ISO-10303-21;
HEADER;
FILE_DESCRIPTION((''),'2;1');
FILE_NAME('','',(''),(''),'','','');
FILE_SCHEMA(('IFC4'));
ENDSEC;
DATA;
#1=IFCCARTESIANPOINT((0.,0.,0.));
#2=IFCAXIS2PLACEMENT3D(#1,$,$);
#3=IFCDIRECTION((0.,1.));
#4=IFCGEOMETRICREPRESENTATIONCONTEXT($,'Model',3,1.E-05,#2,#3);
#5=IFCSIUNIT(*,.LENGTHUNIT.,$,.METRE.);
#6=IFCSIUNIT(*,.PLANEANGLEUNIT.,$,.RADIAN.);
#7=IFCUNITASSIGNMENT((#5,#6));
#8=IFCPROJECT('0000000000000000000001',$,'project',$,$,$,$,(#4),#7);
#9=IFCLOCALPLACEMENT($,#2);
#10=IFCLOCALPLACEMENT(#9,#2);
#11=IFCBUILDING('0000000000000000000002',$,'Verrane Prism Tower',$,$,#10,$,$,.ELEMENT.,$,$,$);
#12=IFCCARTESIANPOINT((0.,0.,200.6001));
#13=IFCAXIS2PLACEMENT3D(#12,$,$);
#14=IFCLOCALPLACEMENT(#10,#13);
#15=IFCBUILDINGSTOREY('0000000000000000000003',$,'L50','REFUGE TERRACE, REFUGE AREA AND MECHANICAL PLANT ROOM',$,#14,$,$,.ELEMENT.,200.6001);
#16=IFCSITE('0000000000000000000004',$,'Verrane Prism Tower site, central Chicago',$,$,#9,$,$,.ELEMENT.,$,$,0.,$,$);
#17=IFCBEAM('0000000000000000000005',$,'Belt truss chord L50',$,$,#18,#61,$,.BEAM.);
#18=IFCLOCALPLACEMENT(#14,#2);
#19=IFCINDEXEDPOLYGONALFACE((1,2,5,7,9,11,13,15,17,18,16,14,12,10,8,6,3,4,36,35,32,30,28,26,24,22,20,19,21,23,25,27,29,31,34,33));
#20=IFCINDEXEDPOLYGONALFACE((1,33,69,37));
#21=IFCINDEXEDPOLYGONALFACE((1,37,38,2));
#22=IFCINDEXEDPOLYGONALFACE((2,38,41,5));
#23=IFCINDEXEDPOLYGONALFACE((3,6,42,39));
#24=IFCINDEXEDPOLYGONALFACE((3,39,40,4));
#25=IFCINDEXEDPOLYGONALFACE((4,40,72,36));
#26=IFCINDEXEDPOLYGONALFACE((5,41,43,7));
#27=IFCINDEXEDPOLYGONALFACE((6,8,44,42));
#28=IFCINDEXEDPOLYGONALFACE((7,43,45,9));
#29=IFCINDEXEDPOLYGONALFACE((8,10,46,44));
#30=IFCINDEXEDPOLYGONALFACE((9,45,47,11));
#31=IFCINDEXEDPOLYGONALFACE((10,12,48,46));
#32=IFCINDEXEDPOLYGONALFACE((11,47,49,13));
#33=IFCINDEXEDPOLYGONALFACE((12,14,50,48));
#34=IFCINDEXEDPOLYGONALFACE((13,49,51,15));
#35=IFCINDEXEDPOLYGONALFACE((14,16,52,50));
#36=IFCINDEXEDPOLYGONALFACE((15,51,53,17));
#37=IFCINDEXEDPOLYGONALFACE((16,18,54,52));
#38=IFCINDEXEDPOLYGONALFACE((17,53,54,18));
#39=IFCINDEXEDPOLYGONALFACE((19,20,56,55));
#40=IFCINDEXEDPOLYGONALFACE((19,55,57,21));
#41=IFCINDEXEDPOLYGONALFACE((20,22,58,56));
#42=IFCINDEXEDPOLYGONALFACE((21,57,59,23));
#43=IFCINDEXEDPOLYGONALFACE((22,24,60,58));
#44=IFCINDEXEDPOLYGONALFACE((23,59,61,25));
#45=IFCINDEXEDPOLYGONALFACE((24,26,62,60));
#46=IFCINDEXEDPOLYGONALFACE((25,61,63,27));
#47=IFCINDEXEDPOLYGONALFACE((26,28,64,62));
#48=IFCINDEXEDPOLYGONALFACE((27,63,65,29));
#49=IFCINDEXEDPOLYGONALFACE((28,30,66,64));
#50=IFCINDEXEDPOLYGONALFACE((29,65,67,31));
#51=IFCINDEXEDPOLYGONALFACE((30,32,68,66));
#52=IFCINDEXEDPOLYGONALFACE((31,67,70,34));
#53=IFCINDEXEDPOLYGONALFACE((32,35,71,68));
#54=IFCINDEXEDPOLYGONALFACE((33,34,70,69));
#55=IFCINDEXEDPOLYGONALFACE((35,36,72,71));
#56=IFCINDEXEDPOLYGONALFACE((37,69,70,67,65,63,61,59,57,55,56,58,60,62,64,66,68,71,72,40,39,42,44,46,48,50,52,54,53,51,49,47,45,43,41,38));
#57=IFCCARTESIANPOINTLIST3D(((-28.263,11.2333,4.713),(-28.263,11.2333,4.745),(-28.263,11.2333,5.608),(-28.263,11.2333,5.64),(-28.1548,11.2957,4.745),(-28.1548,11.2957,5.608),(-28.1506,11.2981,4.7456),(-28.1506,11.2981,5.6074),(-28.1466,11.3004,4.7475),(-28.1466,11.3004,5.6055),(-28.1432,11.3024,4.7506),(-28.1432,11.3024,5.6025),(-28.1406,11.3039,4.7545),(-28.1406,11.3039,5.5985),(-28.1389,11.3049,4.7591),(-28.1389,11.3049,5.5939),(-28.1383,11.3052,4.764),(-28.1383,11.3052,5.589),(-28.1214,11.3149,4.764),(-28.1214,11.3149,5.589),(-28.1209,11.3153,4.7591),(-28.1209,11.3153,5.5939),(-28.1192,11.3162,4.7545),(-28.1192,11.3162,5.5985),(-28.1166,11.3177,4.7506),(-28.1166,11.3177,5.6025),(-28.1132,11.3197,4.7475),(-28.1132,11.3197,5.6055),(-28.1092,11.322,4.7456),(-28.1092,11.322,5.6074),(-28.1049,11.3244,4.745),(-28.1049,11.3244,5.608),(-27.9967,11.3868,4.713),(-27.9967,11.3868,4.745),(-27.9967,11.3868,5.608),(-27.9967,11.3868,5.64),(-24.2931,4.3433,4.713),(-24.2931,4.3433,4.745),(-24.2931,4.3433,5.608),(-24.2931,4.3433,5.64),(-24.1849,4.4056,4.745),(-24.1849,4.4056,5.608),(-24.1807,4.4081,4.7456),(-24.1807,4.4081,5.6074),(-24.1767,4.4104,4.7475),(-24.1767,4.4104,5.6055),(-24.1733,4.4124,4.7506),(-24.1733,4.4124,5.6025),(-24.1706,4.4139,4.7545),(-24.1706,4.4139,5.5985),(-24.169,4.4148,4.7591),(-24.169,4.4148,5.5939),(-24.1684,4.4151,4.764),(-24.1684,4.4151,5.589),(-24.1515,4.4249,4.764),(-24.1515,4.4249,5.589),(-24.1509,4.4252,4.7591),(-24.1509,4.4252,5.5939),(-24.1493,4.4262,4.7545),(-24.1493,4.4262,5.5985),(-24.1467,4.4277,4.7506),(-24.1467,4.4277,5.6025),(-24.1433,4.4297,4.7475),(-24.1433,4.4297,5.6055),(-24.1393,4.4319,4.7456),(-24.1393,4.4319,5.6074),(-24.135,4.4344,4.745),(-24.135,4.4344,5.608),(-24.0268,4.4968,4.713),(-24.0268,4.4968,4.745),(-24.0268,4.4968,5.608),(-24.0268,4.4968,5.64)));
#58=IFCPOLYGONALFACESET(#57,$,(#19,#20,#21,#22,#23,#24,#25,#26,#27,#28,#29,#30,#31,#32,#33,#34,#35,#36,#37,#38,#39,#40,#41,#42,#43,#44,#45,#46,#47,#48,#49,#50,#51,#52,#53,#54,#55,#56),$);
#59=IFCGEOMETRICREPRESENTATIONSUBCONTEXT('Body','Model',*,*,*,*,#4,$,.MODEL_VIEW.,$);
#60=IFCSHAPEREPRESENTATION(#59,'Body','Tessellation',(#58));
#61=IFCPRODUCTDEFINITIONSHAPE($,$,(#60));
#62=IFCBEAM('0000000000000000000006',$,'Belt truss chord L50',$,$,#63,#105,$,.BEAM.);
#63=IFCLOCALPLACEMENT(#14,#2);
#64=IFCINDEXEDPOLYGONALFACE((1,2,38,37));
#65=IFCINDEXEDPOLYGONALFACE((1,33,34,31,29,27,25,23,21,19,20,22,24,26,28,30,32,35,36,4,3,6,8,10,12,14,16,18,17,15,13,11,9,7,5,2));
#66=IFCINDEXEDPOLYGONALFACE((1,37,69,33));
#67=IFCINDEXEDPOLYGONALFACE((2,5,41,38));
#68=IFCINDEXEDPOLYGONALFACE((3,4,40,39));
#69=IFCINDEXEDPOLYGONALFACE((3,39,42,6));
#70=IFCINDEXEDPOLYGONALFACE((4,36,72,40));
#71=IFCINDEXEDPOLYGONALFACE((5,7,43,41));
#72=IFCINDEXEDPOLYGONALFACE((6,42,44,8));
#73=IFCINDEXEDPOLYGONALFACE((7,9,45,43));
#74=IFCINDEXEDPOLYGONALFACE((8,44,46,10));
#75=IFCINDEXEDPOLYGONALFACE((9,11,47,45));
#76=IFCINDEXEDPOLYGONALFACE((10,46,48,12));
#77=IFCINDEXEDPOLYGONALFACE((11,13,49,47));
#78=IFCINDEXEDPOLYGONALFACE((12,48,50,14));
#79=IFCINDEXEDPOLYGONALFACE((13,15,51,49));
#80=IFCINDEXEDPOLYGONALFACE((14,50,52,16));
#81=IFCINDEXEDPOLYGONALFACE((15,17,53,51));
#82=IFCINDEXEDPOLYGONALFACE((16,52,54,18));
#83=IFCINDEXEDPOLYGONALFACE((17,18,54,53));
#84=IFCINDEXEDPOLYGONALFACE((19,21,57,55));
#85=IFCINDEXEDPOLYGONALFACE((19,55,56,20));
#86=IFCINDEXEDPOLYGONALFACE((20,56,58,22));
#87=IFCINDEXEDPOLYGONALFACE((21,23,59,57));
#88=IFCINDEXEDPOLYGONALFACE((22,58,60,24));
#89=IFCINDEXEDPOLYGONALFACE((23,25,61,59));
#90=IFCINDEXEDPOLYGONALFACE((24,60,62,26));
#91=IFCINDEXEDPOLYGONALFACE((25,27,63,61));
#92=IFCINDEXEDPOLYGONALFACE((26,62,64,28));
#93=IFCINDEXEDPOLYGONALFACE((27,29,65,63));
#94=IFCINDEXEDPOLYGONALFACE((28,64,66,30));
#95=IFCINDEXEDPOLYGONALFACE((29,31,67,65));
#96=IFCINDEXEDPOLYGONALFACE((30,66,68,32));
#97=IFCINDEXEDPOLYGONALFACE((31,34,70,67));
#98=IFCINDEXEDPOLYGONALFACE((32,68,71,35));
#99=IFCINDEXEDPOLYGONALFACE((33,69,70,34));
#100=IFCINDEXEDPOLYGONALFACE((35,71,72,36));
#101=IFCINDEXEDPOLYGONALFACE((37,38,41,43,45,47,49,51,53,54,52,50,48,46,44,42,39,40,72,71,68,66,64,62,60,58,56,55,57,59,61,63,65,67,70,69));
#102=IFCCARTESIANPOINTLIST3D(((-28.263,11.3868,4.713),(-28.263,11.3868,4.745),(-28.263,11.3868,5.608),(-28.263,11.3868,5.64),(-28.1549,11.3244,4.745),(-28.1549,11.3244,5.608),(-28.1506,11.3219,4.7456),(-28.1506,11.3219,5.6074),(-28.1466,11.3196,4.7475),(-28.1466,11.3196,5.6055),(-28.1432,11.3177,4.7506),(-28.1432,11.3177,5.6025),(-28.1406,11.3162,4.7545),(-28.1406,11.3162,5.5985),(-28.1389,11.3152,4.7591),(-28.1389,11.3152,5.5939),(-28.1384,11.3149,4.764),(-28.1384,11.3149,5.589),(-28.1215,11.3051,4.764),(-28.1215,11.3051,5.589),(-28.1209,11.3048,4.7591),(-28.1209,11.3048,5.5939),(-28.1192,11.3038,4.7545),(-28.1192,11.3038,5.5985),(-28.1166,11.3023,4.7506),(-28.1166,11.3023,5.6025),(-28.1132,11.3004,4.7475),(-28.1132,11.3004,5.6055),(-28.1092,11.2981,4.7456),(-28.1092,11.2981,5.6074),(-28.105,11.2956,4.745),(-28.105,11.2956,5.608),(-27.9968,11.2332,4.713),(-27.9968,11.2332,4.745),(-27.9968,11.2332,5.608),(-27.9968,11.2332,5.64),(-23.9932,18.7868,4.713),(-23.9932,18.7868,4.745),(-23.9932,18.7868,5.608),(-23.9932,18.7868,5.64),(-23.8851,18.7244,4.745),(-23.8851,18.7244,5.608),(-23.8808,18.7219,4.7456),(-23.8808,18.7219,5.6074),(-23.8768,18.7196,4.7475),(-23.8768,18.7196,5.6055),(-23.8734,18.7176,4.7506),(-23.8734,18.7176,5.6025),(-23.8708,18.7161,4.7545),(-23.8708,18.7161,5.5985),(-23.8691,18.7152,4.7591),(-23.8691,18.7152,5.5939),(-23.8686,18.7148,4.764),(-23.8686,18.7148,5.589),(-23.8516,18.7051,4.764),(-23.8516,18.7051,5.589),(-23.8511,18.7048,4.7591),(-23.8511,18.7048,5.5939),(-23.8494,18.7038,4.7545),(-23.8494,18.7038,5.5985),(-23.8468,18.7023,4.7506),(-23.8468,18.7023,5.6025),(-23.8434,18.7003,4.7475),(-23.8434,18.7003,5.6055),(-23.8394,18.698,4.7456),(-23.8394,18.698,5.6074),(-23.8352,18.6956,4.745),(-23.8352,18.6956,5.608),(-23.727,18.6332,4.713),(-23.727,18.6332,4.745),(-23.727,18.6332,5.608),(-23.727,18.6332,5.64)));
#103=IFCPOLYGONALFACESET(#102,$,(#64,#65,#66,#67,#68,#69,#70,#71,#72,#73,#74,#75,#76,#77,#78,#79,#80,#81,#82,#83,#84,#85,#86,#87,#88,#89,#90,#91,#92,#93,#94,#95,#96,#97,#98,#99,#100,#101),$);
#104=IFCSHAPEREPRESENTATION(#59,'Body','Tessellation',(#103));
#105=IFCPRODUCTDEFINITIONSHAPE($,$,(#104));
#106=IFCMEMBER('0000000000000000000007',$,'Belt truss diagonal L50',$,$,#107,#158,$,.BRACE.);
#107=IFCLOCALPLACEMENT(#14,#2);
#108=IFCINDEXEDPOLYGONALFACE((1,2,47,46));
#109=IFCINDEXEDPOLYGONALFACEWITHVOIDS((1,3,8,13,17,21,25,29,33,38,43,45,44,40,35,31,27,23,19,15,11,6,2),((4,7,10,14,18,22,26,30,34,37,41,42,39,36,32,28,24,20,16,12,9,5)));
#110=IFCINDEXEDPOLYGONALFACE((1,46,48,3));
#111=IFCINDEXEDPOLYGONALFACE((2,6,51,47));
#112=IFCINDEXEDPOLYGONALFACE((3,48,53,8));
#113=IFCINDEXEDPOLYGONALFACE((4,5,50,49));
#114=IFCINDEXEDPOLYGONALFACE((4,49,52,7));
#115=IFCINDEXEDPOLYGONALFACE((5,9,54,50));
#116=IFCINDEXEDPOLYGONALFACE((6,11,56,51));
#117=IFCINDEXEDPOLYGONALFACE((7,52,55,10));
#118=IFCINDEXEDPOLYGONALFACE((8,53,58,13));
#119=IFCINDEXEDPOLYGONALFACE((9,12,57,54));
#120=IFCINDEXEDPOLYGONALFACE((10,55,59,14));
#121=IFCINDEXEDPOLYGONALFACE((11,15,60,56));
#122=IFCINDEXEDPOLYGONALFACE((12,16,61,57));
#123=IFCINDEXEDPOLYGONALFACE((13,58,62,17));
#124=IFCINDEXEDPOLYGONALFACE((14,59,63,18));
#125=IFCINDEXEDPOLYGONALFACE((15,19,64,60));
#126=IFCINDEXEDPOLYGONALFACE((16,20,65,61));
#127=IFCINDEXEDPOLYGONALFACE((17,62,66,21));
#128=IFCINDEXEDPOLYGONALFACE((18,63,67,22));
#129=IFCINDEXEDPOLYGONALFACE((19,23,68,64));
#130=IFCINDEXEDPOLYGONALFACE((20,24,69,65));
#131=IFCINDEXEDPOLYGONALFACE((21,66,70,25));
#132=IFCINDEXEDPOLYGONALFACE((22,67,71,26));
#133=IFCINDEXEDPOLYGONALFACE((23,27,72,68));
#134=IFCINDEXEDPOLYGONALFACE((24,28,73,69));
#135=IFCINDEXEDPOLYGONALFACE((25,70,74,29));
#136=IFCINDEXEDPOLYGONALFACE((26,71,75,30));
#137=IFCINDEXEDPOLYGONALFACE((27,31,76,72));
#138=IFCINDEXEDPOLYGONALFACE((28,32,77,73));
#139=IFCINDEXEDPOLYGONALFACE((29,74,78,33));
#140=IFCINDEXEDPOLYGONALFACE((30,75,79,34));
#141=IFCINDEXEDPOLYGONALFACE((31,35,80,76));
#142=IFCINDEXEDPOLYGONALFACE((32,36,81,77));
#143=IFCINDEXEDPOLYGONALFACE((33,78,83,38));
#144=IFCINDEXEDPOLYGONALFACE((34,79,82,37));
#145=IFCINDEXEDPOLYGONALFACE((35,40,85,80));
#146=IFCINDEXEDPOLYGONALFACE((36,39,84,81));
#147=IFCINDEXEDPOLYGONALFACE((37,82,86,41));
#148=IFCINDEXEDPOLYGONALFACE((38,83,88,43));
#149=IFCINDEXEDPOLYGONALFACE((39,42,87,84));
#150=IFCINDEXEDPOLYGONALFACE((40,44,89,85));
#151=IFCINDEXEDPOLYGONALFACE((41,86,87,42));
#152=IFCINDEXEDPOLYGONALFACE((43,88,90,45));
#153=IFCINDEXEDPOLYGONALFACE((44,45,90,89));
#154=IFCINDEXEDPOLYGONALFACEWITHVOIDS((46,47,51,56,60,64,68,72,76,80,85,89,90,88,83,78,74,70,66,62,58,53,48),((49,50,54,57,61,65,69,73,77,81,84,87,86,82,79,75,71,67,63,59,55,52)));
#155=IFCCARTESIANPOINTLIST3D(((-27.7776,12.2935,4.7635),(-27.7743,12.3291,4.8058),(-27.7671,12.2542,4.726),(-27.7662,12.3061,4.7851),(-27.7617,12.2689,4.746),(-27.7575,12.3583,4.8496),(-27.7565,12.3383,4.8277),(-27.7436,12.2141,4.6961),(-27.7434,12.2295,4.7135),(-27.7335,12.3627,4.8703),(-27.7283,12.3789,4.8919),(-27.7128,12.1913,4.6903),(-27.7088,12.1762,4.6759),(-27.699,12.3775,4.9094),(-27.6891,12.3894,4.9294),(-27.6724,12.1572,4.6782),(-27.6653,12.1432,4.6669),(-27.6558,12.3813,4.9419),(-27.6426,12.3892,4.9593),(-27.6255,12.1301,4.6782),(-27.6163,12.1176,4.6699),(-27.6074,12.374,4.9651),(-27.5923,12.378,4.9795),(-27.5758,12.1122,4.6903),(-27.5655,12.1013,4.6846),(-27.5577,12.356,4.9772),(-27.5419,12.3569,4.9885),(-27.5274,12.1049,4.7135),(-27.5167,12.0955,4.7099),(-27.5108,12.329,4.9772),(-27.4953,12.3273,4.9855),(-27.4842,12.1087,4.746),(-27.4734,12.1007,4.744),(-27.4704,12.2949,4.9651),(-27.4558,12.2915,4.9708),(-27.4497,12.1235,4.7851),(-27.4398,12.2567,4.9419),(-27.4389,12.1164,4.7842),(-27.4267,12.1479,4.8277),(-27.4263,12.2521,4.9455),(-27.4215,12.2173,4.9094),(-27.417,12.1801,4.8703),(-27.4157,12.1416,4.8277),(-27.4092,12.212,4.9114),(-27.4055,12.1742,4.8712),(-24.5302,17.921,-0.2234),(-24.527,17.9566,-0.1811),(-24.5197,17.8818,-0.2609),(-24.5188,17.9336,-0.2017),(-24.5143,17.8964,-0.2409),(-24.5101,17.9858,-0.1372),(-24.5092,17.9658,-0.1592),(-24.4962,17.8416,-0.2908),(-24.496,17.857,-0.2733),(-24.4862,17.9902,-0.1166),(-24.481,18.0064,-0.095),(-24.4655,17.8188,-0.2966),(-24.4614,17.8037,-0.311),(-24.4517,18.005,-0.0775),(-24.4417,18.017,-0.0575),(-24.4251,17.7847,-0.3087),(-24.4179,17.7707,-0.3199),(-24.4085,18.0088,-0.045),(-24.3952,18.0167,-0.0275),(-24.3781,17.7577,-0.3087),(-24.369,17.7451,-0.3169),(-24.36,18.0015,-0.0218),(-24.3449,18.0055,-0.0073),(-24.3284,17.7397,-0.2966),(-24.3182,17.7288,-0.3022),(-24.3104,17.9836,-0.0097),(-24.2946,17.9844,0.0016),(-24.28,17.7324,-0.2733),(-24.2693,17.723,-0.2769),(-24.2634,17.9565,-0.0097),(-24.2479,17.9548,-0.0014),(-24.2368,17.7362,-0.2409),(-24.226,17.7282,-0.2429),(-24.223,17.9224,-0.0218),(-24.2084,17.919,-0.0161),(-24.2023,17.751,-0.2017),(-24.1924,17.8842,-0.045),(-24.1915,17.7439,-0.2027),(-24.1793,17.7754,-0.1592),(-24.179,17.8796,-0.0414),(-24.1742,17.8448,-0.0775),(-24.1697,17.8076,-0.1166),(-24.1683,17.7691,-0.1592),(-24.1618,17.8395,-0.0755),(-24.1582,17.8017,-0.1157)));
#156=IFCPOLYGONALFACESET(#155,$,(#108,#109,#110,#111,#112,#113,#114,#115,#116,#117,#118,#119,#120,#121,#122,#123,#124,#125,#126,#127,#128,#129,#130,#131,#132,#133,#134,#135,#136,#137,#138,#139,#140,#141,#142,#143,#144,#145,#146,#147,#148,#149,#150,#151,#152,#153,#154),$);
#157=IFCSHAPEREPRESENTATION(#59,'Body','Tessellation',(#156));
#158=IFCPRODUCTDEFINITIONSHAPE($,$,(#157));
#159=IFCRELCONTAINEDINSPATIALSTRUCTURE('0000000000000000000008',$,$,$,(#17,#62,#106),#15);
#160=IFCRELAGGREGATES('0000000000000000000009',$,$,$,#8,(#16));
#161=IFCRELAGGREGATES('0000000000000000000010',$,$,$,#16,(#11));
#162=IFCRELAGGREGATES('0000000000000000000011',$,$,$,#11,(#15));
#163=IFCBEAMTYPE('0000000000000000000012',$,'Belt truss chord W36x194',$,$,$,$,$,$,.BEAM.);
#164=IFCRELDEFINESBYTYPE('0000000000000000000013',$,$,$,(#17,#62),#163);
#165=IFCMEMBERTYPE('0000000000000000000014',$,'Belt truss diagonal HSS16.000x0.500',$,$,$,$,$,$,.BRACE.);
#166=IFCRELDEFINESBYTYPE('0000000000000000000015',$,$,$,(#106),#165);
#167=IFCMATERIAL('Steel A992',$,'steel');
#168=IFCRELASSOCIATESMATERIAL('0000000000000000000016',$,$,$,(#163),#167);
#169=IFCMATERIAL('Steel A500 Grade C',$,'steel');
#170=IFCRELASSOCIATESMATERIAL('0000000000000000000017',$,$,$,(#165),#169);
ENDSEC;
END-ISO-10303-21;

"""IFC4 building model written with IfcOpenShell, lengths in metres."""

from ifc_helpers import new_model, si_unit, direction, frame, origin, origin_2d, place, context, subcontext, project, spatial, hollow_circle, i_section, extrude, material, material_profile, profile_set, type_object, element, save


model = new_model("IFC4")

# Units and contexts
model_context = context("Model", 3, precision=1e-05, world=origin(), true_north=direction((0.0, 1.0)))
body_context = subcontext(model_context, "Body", "Model", "MODEL_VIEW")
ifc_project = project(units=[si_unit("LENGTHUNIT", "METRE"), si_unit("PLANEANGLEUNIT", "RADIAN")], contexts=[model_context])

# Site, building, storey
site_placement = place(None, origin())
site = spatial("IfcSite", under=ifc_project, at=site_placement, Name="Verrane Prism Tower site, central Chicago", CompositionType="ELEMENT", RefElevation=0.0)
building_placement = place(site_placement, origin())
building = spatial("IfcBuilding", under=site, at=building_placement, Name="Verrane Prism Tower", CompositionType="ELEMENT")
storey_placement = place(building_placement, frame((0.0, 0.0, 200.6001)))
storey = spatial("IfcBuildingStorey", under=building, at=storey_placement, Name="L50", Description="REFUGE TERRACE, REFUGE AREA AND MECHANICAL PLANT ROOM", CompositionType="ELEMENT", Elevation=200.6001)

# Beams
ifc_material_1 = material(Name="Steel A992", Category="steel")
ifc_material_profile_1 = material_profile(ifc_material_1, i_section(OverallWidth=0.3074, OverallDepth=0.927, WebThickness=0.0195, FlangeThickness=0.032, FilletRadius=0.019, at=origin_2d()), Name="W36x194")
ifc_profile_set_1 = profile_set([ifc_material_profile_1], Name="Steel A992")
beam_type_1 = type_object("IfcBeamType", Name="Belt truss chord W36x194", PredefinedType="BEAM", material=ifc_profile_set_1)
beam_1_placement = place(storey_placement, frame((-28.1299, 11.3101, 5.1765), z_axis=(0.49924, -0.866464, 0.0), x_axis=(0.866464, 0.49924, 0.0)))
element("IfcBeam", 1, at=beam_1_placement, inside=storey, type_object=beam_type_1, Name="Belt truss chord L50", PredefinedType="BEAM", context=body_context, shape_type="SweptSolid", body=[
    extrude(i_section(OverallWidth=0.3074, OverallDepth=0.927, WebThickness=0.0195, FlangeThickness=0.032, FilletRadius=0.019, at=origin_2d()), origin(), (0.0, 0.0, 1.0), 7.9519),
])
beam_2_placement = place(storey_placement, frame((-23.8601, 18.71, 5.1765), z_axis=(-0.499775, -0.866155, 0.0), x_axis=(0.866155, -0.499775, 0.0)))
element("IfcBeam", 2, at=beam_2_placement, inside=storey, type_object=beam_type_1, Name="Belt truss chord L50", PredefinedType="BEAM", context=body_context, shape_type="SweptSolid", body=[
    extrude(i_section(OverallWidth=0.3074, OverallDepth=0.927, WebThickness=0.0195, FlangeThickness=0.032, FilletRadius=0.019, at=origin_2d()), origin(), (0.0, 0.0, 1.0), 8.5435),
])

# Member
ifc_material_2 = material(Name="Steel A500 Grade C", Category="steel")
ifc_material_profile_2 = material_profile(ifc_material_2, hollow_circle(Radius=0.2031, WallThickness=0.0127, at=origin_2d()), Name="HSS16.000x0.500")
ifc_profile_set_2 = profile_set([ifc_material_profile_2], Name="Steel A500 Grade C")
member_type_1 = type_object("IfcMemberType", Name="Belt truss diagonal HSS16.000x0.500", PredefinedType="BRACE", material=ifc_profile_set_2)
member_1_placement = place(storey_placement, frame((-24.3442, 17.8706, -0.1592), z_axis=(-0.396482, -0.687084, 0.608866), x_axis=(0.866138, -0.499805, 0.0)))
element("IfcMember", 3, at=member_1_placement, inside=storey, type_object=member_type_1, Name="Belt truss diagonal L50", PredefinedType="BRACE", context=body_context, shape_type="SweptSolid", body=[
    extrude(hollow_circle(Radius=0.2031, WallThickness=0.0127, at=origin_2d()), origin(), (0.0, 0.0, 1.0), 8.1904),
])

save(model, "model.ifc")
